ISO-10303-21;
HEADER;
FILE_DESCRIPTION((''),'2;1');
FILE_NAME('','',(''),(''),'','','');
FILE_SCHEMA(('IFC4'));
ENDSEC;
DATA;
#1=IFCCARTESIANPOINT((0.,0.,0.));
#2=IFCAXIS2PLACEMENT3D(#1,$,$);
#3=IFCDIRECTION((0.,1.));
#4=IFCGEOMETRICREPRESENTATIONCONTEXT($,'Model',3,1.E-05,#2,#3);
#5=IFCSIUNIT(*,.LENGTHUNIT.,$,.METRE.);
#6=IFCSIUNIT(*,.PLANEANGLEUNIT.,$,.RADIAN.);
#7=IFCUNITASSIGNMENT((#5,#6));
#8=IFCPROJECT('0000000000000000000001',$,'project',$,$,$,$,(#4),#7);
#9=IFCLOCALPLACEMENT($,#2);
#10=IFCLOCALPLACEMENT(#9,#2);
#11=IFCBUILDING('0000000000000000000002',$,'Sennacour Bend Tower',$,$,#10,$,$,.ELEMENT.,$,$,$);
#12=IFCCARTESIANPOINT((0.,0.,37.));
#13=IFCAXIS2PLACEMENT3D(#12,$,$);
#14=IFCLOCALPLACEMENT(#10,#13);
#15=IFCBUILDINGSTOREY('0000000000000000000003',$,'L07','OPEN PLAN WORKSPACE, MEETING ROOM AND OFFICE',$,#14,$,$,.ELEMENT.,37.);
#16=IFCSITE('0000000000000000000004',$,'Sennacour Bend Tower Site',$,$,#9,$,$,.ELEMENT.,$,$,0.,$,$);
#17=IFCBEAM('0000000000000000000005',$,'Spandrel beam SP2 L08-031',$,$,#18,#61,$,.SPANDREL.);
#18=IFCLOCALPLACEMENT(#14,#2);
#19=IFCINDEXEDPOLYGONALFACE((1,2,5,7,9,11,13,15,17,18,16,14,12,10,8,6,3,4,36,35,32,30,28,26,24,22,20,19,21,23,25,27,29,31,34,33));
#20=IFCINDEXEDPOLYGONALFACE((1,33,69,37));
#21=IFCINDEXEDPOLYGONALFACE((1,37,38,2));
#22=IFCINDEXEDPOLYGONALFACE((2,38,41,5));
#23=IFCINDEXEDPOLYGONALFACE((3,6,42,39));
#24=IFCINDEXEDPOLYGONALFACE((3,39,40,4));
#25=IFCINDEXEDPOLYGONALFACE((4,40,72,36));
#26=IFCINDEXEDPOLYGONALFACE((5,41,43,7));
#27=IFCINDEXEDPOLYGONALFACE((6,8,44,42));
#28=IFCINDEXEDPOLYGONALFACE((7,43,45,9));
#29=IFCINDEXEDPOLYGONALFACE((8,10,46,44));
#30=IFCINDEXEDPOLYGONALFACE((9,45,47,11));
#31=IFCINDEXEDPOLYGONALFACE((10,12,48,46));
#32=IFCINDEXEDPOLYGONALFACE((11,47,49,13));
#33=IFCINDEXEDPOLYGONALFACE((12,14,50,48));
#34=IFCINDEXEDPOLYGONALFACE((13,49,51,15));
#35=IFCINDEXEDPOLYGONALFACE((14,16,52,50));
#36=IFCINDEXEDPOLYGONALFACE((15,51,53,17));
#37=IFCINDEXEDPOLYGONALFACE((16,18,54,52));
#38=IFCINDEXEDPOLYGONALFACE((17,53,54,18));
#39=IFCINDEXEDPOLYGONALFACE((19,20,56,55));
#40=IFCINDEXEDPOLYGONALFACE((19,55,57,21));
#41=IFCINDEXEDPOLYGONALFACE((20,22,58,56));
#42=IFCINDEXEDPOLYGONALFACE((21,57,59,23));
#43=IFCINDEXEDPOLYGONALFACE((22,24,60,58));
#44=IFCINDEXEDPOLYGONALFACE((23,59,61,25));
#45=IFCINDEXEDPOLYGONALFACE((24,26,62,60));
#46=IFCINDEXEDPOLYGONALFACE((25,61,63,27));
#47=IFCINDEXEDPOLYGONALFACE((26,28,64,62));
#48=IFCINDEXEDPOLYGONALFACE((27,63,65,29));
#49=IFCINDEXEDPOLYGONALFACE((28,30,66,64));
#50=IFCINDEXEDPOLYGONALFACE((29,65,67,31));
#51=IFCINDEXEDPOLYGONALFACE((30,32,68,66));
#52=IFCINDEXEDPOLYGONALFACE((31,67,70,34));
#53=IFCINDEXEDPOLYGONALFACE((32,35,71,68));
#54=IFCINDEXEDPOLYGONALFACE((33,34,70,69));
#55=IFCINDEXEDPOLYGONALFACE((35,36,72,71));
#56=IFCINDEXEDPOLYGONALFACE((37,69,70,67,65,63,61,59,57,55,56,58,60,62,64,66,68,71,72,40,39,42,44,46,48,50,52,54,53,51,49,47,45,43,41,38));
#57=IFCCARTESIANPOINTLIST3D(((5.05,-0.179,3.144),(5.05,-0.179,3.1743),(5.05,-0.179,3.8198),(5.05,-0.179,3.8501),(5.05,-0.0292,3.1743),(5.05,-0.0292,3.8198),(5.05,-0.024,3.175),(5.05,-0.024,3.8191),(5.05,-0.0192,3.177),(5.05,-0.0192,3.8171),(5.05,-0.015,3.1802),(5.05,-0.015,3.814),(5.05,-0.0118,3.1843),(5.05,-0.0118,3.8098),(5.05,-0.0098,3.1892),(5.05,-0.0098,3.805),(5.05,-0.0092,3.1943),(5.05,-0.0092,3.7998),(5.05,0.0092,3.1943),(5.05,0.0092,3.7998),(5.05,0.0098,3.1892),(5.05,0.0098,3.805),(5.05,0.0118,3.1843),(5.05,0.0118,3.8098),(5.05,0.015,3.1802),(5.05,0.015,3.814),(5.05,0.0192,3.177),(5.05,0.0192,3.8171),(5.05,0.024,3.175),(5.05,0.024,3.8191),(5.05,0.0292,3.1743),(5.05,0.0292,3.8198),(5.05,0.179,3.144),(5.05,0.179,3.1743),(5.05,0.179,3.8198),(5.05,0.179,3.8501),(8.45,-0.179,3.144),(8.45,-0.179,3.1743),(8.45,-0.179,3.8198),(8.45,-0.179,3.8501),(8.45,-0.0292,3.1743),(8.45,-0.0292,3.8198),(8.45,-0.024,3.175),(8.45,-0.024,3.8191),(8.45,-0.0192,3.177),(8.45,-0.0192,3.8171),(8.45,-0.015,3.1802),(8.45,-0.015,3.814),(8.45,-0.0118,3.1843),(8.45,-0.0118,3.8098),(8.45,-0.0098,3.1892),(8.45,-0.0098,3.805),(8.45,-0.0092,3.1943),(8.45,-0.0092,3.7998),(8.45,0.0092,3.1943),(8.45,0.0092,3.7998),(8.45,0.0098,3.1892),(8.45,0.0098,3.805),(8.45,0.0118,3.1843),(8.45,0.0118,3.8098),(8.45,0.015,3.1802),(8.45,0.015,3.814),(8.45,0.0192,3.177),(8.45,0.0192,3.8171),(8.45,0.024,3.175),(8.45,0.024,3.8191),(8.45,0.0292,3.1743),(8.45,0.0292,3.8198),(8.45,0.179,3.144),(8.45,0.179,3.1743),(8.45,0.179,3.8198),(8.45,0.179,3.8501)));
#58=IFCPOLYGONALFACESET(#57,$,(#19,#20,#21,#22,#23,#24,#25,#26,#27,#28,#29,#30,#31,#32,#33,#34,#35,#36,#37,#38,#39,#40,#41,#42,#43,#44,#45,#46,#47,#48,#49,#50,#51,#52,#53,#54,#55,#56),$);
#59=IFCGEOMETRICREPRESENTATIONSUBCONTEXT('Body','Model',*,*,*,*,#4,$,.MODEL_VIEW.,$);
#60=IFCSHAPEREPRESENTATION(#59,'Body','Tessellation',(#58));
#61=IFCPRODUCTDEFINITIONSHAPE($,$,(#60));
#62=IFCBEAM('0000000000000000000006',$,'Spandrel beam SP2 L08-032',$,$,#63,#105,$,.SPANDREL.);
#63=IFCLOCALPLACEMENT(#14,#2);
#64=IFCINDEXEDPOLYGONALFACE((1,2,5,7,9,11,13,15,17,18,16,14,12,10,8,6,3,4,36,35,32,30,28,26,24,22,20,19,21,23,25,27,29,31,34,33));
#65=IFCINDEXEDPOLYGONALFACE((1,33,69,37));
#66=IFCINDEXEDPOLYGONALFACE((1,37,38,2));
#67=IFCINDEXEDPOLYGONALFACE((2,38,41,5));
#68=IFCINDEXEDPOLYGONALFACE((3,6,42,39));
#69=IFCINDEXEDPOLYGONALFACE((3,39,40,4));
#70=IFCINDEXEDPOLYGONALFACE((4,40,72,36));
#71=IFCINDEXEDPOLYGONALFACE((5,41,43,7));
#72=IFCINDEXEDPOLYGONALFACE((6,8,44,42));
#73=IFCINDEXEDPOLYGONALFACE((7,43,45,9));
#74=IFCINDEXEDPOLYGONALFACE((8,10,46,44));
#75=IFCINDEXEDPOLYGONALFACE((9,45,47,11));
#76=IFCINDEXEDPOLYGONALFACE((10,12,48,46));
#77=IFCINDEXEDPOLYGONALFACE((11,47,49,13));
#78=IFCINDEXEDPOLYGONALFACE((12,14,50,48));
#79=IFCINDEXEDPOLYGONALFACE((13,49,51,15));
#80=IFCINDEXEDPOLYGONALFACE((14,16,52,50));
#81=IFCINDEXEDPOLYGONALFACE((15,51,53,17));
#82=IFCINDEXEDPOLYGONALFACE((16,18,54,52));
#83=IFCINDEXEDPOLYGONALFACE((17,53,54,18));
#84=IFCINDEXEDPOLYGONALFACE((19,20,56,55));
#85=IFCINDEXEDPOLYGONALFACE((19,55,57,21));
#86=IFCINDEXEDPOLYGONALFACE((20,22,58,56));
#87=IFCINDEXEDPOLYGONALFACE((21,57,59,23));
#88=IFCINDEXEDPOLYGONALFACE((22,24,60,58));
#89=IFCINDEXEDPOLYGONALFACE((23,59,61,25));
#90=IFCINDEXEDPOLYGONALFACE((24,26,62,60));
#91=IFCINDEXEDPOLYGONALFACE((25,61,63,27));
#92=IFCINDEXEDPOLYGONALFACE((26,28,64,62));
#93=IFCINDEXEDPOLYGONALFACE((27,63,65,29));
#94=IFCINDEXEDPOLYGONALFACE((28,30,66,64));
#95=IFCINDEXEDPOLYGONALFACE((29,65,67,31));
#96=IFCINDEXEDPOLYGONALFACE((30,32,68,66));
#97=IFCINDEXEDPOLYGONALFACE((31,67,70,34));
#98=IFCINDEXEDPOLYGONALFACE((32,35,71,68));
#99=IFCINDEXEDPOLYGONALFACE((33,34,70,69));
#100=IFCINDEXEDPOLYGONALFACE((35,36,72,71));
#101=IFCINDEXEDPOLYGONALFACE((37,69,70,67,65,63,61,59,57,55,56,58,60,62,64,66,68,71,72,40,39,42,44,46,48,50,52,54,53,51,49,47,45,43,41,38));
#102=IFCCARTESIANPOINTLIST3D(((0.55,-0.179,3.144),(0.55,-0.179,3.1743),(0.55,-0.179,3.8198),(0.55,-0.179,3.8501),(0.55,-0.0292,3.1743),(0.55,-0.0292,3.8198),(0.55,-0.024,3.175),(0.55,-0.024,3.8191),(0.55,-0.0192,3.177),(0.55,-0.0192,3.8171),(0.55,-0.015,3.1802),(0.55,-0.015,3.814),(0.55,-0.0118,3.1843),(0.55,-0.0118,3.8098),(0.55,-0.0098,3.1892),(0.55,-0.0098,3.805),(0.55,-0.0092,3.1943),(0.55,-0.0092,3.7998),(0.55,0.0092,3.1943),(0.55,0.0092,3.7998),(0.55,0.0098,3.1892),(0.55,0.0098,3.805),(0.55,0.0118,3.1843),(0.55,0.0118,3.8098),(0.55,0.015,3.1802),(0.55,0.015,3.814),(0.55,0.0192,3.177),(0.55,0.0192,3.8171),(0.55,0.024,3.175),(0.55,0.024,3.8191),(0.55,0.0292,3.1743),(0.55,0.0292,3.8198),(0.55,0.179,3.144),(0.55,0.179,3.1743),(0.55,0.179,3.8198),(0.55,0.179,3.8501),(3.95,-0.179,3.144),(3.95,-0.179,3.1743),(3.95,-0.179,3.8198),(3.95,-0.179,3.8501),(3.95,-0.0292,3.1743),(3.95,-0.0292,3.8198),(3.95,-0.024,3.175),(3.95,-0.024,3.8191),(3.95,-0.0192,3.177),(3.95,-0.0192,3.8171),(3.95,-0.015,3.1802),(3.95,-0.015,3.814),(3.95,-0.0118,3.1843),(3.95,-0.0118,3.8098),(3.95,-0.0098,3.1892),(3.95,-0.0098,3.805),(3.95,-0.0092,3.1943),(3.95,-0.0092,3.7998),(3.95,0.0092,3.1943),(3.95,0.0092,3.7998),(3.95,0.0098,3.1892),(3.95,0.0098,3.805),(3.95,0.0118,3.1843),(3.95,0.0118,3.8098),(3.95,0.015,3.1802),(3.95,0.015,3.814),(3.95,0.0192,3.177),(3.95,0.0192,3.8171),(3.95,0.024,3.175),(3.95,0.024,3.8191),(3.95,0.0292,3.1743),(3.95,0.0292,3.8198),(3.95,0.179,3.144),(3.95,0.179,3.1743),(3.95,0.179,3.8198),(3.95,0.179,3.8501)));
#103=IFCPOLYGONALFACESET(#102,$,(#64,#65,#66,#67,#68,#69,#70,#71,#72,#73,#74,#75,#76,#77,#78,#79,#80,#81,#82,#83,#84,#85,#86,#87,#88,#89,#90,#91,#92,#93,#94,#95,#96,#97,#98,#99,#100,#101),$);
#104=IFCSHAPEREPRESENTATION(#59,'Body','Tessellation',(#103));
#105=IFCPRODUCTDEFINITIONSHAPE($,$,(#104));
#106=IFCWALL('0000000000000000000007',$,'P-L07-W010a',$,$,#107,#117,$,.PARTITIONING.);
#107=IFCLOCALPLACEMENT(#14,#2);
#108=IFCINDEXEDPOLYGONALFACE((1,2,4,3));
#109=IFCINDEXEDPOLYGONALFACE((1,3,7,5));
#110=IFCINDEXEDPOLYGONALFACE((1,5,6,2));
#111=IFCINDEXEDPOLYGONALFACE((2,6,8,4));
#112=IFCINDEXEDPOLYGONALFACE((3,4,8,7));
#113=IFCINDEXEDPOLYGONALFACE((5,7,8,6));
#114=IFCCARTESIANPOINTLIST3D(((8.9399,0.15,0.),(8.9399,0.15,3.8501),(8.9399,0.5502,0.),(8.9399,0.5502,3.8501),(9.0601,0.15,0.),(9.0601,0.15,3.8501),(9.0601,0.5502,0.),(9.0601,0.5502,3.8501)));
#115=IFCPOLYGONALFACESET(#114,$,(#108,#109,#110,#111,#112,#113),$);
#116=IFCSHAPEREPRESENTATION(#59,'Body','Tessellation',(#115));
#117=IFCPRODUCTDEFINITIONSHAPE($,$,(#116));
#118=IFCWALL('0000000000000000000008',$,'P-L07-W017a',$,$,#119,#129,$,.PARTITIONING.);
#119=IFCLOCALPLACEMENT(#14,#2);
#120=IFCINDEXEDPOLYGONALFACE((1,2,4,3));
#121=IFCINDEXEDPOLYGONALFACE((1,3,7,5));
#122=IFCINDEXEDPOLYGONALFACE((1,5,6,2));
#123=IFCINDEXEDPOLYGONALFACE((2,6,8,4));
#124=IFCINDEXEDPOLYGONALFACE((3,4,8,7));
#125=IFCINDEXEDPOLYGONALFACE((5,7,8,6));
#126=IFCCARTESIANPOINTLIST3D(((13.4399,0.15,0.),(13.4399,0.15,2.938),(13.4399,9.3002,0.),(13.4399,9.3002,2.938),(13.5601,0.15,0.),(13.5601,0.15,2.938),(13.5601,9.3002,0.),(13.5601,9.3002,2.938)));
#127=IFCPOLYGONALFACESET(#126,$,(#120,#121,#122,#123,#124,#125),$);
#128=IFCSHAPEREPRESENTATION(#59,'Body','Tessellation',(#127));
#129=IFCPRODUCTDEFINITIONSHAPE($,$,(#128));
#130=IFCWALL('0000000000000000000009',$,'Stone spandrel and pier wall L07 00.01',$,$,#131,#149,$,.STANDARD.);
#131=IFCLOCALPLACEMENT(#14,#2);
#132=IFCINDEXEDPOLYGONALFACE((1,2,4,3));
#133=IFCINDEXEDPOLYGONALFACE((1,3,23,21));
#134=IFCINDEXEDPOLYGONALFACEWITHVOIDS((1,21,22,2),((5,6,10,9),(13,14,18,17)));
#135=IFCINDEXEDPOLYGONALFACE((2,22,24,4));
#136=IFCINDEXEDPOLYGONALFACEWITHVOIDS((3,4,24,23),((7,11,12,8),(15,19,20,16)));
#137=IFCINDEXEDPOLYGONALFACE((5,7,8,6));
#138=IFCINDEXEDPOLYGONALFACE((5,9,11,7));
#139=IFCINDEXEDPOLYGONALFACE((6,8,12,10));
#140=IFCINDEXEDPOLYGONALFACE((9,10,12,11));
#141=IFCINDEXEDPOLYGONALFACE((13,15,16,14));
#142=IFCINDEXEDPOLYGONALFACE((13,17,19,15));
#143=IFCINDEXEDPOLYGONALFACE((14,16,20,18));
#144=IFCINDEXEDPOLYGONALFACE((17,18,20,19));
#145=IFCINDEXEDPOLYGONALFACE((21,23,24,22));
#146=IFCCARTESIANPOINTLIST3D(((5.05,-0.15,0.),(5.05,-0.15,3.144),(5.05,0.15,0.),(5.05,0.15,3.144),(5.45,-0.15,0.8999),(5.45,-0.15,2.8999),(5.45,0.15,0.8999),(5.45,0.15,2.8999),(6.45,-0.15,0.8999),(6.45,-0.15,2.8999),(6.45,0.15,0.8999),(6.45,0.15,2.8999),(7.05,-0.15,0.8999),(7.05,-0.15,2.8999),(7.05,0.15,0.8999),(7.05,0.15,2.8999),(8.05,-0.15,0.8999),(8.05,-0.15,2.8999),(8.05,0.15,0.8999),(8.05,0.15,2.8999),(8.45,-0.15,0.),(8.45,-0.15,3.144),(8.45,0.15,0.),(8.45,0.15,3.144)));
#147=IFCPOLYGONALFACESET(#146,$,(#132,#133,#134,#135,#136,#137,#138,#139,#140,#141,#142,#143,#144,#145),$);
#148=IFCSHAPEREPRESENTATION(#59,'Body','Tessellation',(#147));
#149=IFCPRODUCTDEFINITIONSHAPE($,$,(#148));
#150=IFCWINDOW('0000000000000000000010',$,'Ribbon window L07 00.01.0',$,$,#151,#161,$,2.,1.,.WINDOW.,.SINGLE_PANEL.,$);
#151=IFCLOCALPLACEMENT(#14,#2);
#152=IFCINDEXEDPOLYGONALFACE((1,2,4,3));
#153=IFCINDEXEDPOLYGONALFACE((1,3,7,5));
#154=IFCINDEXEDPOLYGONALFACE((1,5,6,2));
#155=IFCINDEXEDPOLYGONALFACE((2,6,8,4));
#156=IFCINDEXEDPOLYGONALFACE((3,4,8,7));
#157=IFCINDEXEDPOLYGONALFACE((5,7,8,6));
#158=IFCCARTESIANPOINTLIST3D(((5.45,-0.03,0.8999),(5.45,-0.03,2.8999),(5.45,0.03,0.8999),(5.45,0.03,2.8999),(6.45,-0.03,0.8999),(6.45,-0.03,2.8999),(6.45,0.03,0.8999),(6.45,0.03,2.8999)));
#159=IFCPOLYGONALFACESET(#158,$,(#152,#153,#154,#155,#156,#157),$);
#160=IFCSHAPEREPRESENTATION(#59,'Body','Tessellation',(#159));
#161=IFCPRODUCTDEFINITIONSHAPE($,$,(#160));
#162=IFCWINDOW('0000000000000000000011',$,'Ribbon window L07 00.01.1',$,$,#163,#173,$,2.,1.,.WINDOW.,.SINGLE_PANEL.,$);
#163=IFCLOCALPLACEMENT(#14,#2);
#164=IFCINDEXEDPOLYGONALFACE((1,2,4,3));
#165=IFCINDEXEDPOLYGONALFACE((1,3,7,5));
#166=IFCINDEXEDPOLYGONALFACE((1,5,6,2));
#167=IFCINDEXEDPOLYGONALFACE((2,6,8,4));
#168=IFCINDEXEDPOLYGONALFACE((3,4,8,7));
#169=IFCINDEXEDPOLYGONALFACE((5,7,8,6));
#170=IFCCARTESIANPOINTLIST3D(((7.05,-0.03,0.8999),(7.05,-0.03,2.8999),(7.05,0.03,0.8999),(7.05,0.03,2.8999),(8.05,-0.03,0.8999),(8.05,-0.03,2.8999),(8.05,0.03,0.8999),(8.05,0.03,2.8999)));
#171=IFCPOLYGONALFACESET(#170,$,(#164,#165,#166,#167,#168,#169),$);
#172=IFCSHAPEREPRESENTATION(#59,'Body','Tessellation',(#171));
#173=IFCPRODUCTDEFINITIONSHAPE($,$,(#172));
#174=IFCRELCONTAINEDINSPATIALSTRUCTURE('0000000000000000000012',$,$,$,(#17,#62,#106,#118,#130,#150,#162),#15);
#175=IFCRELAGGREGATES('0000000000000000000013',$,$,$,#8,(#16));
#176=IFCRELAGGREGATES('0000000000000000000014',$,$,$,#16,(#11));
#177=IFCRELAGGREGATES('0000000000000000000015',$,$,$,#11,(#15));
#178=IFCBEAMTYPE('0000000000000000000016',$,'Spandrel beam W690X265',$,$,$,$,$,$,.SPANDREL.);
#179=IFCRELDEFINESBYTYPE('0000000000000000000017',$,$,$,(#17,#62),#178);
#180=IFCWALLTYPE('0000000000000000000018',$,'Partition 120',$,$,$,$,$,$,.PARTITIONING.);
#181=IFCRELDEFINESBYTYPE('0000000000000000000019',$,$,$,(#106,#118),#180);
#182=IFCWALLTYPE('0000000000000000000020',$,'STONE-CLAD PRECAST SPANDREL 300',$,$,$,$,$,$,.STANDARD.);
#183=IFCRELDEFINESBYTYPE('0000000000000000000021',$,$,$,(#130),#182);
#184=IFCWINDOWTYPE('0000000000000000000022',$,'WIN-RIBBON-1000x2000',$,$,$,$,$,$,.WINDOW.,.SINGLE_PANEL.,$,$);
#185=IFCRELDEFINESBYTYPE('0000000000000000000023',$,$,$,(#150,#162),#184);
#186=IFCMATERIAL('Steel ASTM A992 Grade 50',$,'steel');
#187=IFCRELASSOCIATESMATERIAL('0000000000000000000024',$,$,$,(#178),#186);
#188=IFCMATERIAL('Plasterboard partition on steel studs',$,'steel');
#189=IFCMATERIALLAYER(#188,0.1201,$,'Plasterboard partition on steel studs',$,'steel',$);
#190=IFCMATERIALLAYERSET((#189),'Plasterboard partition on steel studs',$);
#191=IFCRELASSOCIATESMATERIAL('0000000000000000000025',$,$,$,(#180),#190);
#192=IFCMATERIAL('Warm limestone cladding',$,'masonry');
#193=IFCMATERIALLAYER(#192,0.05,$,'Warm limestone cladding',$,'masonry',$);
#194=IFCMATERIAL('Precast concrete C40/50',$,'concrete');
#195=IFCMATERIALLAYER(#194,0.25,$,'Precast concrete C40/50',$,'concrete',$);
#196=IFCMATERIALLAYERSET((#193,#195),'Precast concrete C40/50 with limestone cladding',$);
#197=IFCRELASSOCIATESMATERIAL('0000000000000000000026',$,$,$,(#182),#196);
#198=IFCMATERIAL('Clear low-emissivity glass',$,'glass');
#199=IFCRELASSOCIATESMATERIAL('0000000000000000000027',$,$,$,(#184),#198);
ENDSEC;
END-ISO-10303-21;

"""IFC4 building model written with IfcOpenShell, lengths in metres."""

from ifc_helpers import new_model, si_unit, direction, frame, frame_2d, origin, origin_2d, place, context, subcontext, project, spatial, rectangle, i_section, extrude, material, layer, layer_set, material_profile, profile_set, type_object, element, fill, save


model = new_model("IFC4")

# Units and contexts
model_context = context("Model", 3, precision=1e-05, world=origin(), true_north=direction((0.0, 1.0)))
body_context = subcontext(model_context, "Body", "Model", "MODEL_VIEW")
ifc_project = project(units=[si_unit("LENGTHUNIT", "METRE"), si_unit("PLANEANGLEUNIT", "RADIAN")], contexts=[model_context])

# Site, building, storey
site_placement = place(None, origin())
site = spatial("IfcSite", under=ifc_project, at=site_placement, Name="Sennacour Bend Tower Site", CompositionType="ELEMENT", RefElevation=0.0)
building_placement = place(site_placement, origin())
building = spatial("IfcBuilding", under=site, at=building_placement, Name="Sennacour Bend Tower", CompositionType="ELEMENT")
storey_placement = place(building_placement, frame((0.0, 0.0, 37.0)))
storey = spatial("IfcBuildingStorey", under=building, at=storey_placement, Name="L07", Description="OPEN PLAN WORKSPACE, MEETING ROOM AND OFFICE", CompositionType="ELEMENT", Elevation=37.0)

# Beams
ifc_material_1 = material(Name="Steel ASTM A992 Grade 50", Category="steel")
ifc_material_profile_1 = material_profile(ifc_material_1, i_section(OverallWidth=0.3579, OverallDepth=0.7061, WebThickness=0.0183, FlangeThickness=0.0303, FilletRadius=0.02, at=origin_2d()), Name="Steel ASTM A992 Grade 50", Category="steel")
ifc_profile_set_1 = profile_set([ifc_material_profile_1], Name="Steel ASTM A992 Grade 50")
beam_type_1 = type_object("IfcBeamType", Name="Spandrel beam W690X265", PredefinedType="SPANDREL", material=ifc_profile_set_1)
for number, where, z_axis, x_axis, name in (
    (1, (8.45, 0.0, 3.4971), (-1.0, 0.0, 0.0), (0.0, -1.0, 0.0), "Spandrel beam SP2 L08-031"),
    (2, (3.95, 0.0, 3.4971), (-1.0, 0.0, 0.0), (0.0, -1.0, 0.0), "Spandrel beam SP2 L08-032"),
):
    element("IfcBeam", number, at=place(storey_placement, frame(where, z_axis=z_axis, x_axis=x_axis)), inside=storey, type_object=beam_type_1, Name=name, PredefinedType="SPANDREL", context=body_context, shape_type="SweptSolid", body=[
        extrude(i_section(OverallWidth=0.3579, OverallDepth=0.7061, WebThickness=0.0183, FlangeThickness=0.0303, FilletRadius=0.02, at=origin_2d()), origin(), (0.0, 0.0, 1.0), 3.3999),
    ])

# Walls
ifc_material_2 = material(Name="Plasterboard partition on steel studs", Category="steel")
ifc_layer_1 = layer(ifc_material_2, 0.1201, Name="Plasterboard partition on steel studs", Category="steel")
ifc_layer_set_1 = layer_set([ifc_layer_1], Name="Plasterboard partition on steel studs")
wall_type_1 = type_object("IfcWallType", Name="Partition 120", PredefinedType="PARTITIONING", material=ifc_layer_set_1)
wall_1_placement = place(storey_placement, frame((9.0, 0.1499, 0.0), z_axis=(0.0, 0.0, 1.0), x_axis=(0.0, 1.0, 0.0)))
element("IfcWall", 3, at=wall_1_placement, inside=storey, type_object=wall_type_1, Name="P-L07-W010a", PredefinedType="PARTITIONING", context=body_context, shape_type="SweptSolid", body=[
    extrude(rectangle(XDim=0.4001, YDim=0.1201, at=frame_2d((0.2002, 0.0))), origin(), (0.0, 0.0, 1.0), 3.8501),
])
wall_2_placement = place(storey_placement, frame((13.5, 0.1499, 0.0), z_axis=(0.0, 0.0, 1.0), x_axis=(0.0, 1.0, 0.0)))
element("IfcWall", 4, at=wall_2_placement, inside=storey, type_object=wall_type_1, Name="P-L07-W017a", PredefinedType="PARTITIONING", context=body_context, shape_type="SweptSolid", body=[
    extrude(rectangle(XDim=9.1501, YDim=0.1201, at=frame_2d((4.5752, 0.0))), origin(), (0.0, 0.0, 1.0), 2.938),
])

# Wall, openings, windows
ifc_material_3 = material(Name="Warm limestone cladding", Category="masonry")
ifc_layer_2 = layer(ifc_material_3, 0.05, Name="Warm limestone cladding", Category="masonry")
ifc_material_4 = material(Name="Precast concrete C40/50", Category="concrete")
ifc_layer_3 = layer(ifc_material_4, 0.25, Name="Precast concrete C40/50", Category="concrete")
ifc_layer_set_2 = layer_set([ifc_layer_2, ifc_layer_3], Name="Precast concrete C40/50 with limestone cladding")
wall_type_2 = type_object("IfcWallType", Name="STONE-CLAD PRECAST SPANDREL 300", PredefinedType="STANDARD", material=ifc_layer_set_2)
wall_3_placement = place(storey_placement, frame((5.05, 0.0, 0.0), z_axis=(0.0, 0.0, 1.0), x_axis=(1.0, 0.0, 0.0)))
wall_3 = element("IfcWall", 5, at=wall_3_placement, inside=storey, type_object=wall_type_2, Name="Stone spandrel and pier wall L07 00.01", PredefinedType="STANDARD", context=body_context, shape_type="SweptSolid", body=[
    extrude(rectangle(XDim=3.3999, YDim=0.3, at=frame_2d((1.7, 0.0))), origin(), (0.0, 0.0, 1.0), 3.144),
])
opening_1_placement = place(wall_3_placement, frame((0.3999, 0.0, 0.8999)))
opening_1 = element("IfcOpeningElement", 6, at=opening_1_placement, cuts=wall_3, PredefinedType="OPENING", context=body_context, shape_type="SweptSolid", body=[
    extrude(rectangle(XDim=1.0, YDim=2.0, at=frame_2d((0.5, 1.0))), frame((0.0, 0.1602, 0.0), z_axis=(0.0, -1.0, 0.0), x_axis=(1.0, 0.0, 0.0)), (0.0, 0.0, 1.0), 0.3201),
])
opening_2_placement = place(wall_3_placement, frame((2.0, 0.0, 0.8999)))
opening_2 = element("IfcOpeningElement", 7, at=opening_2_placement, cuts=wall_3, PredefinedType="OPENING", context=body_context, shape_type="SweptSolid", body=[
    extrude(rectangle(XDim=1.0, YDim=2.0, at=frame_2d((0.5, 1.0))), frame((0.0, 0.1602, 0.0), z_axis=(0.0, -1.0, 0.0), x_axis=(1.0, 0.0, 0.0)), (0.0, 0.0, 1.0), 0.3201),
])
ifc_material_5 = material(Name="Clear low-emissivity glass", Category="glass")
window_type = type_object("IfcWindowType", Name="WIN-RIBBON-1000x2000", PartitioningType="SINGLE_PANEL", PredefinedType="WINDOW", material=ifc_material_5)
window_1_placement = place(opening_1_placement, origin())
window_1 = element("IfcWindow", 8, at=window_1_placement, inside=storey, type_object=window_type, Name="Ribbon window L07 00.01.0", OverallHeight=2.0, OverallWidth=1.0, PartitioningType="SINGLE_PANEL", PredefinedType="WINDOW", context=body_context, shape_type="SweptSolid", body=[
    extrude(rectangle(XDim=1.0, YDim=2.0, at=frame_2d((0.5, 1.0))), frame((0.0, 0.03, 0.0), z_axis=(0.0, -1.0, 0.0), x_axis=(1.0, 0.0, 0.0)), (0.0, 0.0, 1.0), 0.0601),
])
fill(opening_1, window_1)
window_2_placement = place(opening_2_placement, origin())
window_2 = element("IfcWindow", 9, at=window_2_placement, inside=storey, type_object=window_type, Name="Ribbon window L07 00.01.1", OverallHeight=2.0, OverallWidth=1.0, PartitioningType="SINGLE_PANEL", PredefinedType="WINDOW", context=body_context, shape_type="SweptSolid", body=[
    extrude(rectangle(XDim=1.0, YDim=2.0, at=frame_2d((0.5, 1.0))), frame((0.0, 0.03, 0.0), z_axis=(0.0, -1.0, 0.0), x_axis=(1.0, 0.0, 0.0)), (0.0, 0.0, 1.0), 0.0601),
])
fill(opening_2, window_2)

save(model, "model.ifc")
